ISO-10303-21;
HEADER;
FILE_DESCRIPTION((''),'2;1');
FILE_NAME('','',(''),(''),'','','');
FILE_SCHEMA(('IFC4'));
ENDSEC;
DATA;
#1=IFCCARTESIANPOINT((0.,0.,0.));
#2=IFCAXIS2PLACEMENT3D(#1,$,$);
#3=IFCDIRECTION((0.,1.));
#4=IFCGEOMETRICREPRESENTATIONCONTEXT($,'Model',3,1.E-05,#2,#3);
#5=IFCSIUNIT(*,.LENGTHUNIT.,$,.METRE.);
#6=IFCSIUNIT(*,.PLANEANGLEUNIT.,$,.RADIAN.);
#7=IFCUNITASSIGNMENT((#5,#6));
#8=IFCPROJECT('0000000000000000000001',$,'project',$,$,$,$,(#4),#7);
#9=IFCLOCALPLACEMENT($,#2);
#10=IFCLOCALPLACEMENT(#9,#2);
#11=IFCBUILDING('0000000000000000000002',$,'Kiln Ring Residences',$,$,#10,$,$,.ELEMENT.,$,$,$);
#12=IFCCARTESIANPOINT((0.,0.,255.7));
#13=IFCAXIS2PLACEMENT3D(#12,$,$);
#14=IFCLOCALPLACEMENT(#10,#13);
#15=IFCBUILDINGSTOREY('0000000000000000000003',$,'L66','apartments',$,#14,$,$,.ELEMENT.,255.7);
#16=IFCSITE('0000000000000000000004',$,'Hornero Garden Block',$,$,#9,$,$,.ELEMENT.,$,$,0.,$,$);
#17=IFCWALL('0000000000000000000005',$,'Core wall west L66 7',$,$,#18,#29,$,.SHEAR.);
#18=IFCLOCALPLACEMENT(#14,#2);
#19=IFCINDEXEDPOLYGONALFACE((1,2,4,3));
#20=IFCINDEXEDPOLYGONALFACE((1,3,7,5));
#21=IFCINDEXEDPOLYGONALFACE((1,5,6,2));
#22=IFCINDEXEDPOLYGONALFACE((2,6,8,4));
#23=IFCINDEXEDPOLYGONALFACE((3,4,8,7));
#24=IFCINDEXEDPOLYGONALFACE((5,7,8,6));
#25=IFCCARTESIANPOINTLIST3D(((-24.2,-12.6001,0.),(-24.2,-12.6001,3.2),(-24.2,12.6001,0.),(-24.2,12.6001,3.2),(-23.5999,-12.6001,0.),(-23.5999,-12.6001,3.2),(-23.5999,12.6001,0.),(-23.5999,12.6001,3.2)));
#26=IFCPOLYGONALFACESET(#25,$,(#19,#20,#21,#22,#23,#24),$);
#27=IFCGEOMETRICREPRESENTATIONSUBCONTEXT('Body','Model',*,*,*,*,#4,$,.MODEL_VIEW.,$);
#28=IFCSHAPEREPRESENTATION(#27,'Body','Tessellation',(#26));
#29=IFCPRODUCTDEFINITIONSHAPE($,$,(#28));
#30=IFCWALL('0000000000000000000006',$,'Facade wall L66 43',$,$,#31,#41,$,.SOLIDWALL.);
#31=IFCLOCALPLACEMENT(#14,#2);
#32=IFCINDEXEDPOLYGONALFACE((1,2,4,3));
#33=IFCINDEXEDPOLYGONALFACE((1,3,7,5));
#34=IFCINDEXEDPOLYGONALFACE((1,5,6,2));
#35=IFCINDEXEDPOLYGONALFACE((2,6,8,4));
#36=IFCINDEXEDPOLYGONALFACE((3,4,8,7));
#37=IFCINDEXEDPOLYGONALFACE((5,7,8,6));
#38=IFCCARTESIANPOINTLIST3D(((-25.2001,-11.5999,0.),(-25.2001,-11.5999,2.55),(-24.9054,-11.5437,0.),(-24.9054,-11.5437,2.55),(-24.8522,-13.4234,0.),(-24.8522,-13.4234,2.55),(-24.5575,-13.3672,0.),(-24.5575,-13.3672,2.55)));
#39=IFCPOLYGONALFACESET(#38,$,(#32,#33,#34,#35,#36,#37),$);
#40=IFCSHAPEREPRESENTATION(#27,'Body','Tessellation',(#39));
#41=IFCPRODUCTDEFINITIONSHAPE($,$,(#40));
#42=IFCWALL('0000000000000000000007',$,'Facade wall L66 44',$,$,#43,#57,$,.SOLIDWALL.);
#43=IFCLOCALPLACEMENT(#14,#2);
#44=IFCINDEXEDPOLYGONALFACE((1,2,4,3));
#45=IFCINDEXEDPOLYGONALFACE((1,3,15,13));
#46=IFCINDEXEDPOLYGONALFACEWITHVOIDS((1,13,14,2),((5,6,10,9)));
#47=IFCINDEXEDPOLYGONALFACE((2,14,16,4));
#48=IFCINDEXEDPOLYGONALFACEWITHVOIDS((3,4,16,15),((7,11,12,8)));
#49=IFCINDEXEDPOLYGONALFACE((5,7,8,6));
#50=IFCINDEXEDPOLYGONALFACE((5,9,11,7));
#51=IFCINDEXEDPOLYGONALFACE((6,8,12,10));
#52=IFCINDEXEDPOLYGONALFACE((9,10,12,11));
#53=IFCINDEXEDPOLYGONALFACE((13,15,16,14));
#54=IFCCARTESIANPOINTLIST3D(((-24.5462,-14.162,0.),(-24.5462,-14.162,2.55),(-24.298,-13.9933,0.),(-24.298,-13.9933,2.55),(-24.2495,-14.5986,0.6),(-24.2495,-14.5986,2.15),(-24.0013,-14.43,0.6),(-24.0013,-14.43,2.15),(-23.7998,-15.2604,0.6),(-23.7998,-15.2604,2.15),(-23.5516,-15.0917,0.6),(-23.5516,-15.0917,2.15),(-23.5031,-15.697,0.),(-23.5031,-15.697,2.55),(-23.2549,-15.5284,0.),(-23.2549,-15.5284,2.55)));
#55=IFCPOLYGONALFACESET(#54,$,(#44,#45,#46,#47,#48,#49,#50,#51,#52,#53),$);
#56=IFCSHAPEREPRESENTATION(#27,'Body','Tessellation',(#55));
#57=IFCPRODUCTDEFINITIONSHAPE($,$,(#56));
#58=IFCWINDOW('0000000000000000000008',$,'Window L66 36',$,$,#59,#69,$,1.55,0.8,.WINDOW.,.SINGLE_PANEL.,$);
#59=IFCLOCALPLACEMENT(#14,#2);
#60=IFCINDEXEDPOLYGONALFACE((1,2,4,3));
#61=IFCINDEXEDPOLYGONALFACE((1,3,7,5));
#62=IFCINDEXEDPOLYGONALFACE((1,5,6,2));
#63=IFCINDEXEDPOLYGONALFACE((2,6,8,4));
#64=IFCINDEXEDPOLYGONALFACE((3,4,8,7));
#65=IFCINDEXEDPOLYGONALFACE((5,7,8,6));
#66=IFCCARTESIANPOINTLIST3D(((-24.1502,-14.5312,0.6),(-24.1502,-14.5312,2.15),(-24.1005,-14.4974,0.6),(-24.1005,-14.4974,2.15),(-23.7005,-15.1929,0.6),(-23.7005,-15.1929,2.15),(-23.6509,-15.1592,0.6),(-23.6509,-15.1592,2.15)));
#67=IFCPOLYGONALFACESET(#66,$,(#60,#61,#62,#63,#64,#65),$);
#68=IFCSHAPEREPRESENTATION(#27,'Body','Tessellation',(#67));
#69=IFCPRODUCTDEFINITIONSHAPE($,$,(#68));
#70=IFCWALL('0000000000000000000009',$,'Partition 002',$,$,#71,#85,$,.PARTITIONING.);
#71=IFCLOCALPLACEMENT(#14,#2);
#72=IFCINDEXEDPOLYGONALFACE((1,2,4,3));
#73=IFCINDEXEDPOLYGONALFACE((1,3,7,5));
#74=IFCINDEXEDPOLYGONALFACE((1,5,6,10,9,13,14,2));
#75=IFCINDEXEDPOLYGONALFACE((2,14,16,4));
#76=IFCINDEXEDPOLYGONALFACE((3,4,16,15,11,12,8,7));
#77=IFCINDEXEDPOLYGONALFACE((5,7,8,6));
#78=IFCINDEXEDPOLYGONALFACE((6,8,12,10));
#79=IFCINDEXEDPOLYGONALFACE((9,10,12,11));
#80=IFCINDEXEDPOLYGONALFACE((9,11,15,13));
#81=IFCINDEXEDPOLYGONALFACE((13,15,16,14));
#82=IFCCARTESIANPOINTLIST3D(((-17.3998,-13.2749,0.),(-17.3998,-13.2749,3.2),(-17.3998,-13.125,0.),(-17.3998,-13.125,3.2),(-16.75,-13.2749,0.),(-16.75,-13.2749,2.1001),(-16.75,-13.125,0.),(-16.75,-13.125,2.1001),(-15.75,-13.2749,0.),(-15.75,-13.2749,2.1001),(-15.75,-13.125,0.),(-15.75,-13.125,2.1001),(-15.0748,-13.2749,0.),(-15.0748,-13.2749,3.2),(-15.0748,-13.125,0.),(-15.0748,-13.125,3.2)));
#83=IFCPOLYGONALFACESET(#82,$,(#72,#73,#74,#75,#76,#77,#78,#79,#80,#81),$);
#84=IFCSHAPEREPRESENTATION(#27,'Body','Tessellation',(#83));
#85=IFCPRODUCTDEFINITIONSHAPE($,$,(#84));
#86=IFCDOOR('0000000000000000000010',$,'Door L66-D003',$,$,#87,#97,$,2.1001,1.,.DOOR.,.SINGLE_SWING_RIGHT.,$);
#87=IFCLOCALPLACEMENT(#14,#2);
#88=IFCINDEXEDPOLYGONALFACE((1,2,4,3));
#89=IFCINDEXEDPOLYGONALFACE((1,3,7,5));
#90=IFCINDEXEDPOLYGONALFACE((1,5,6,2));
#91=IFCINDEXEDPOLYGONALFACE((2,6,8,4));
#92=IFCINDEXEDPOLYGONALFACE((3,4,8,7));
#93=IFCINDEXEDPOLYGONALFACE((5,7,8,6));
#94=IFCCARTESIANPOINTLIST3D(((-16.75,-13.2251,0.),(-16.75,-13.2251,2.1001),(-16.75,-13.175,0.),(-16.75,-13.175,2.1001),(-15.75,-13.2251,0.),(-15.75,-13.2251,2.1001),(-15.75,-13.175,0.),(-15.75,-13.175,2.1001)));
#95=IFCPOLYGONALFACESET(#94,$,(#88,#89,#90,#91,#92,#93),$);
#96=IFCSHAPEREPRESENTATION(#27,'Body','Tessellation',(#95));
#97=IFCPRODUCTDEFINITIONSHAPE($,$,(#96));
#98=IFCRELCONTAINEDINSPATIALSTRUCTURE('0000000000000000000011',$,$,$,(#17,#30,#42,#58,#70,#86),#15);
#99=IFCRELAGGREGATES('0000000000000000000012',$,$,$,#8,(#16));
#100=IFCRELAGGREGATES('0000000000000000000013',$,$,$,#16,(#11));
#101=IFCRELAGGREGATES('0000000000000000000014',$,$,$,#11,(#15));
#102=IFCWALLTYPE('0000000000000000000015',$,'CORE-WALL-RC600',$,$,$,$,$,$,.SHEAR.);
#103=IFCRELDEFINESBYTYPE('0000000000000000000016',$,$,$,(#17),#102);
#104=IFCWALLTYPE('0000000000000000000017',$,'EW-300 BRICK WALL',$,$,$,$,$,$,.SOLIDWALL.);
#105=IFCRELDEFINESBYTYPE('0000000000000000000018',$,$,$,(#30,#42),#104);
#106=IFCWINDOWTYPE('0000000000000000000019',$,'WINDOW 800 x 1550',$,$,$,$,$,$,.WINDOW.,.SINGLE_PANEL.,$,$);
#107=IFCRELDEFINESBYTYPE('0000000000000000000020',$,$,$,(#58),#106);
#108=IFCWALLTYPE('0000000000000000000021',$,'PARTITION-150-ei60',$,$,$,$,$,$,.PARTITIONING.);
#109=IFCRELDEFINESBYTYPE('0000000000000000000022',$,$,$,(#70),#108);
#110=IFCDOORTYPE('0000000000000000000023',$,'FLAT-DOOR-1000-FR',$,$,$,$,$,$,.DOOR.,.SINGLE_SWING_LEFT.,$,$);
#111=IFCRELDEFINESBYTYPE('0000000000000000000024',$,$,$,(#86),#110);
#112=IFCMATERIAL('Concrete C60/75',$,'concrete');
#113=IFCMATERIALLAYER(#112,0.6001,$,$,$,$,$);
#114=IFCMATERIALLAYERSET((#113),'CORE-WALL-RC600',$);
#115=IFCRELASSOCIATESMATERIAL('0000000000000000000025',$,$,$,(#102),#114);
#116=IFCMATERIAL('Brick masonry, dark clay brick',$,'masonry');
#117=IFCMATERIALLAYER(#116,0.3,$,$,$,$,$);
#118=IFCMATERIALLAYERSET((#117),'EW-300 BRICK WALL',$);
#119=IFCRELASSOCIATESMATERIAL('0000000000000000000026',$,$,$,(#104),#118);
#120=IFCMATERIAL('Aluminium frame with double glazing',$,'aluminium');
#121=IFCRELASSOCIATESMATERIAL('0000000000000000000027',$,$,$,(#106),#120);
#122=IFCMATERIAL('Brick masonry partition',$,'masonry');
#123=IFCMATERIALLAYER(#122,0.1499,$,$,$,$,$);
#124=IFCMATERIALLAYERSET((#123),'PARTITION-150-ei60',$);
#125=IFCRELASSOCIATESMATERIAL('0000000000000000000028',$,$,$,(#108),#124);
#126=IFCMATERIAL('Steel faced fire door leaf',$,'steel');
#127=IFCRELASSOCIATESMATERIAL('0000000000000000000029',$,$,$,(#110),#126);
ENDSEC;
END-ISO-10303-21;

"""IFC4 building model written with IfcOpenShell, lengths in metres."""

from ifc_helpers import new_model, si_unit, direction, frame, frame_2d, origin, place, context, subcontext, project, spatial, rectangle, extrude, material, layer, layer_set, type_object, element, fill, save


model = new_model("IFC4")

# Units and contexts
model_context = context("Model", 3, precision=1e-05, world=origin(), true_north=direction((0.0, 1.0)))
body_context = subcontext(model_context, "Body", "Model", "MODEL_VIEW")
ifc_project = project(units=[si_unit("LENGTHUNIT", "METRE"), si_unit("PLANEANGLEUNIT", "RADIAN")], contexts=[model_context])

# Site, building, storey
site_placement = place(None, origin())
site = spatial("IfcSite", under=ifc_project, at=site_placement, Name="Hornero Garden Block", CompositionType="ELEMENT", RefElevation=0.0)
building_placement = place(site_placement, origin())
building = spatial("IfcBuilding", under=site, at=building_placement, Name="Kiln Ring Residences", CompositionType="ELEMENT")
storey_placement = place(building_placement, frame((0.0, 0.0, 255.7)))
storey = spatial("IfcBuildingStorey", under=building, at=storey_placement, Name="L66", Description="apartments", CompositionType="ELEMENT", Elevation=255.7)

# Walls
ifc_material_1 = material(Name="Concrete C60/75", Category="concrete")
ifc_layer_1 = layer(ifc_material_1, 0.6001)
ifc_layer_set_1 = layer_set([ifc_layer_1], Name="CORE-WALL-RC600")
wall_type_1 = type_object("IfcWallType", Name="CORE-WALL-RC600", PredefinedType="SHEAR", material=ifc_layer_set_1)
wall_1_placement = place(storey_placement, frame((-23.8999, -12.6001, 0.0), z_axis=(0.0, 0.0, 1.0), x_axis=(0.0, 1.0, 0.0)))
element("IfcWall", 1, at=wall_1_placement, inside=storey, type_object=wall_type_1, Name="Core wall west L66 7", PredefinedType="SHEAR", context=body_context, shape_type="SweptSolid", body=[
    extrude(rectangle(XDim=25.2002, YDim=0.6001, at=frame_2d((12.6001, 0.0))), origin(), (0.0, 0.0, 1.0), 3.2),
])
ifc_material_2 = material(Name="Brick masonry, dark clay brick", Category="masonry")
ifc_layer_2 = layer(ifc_material_2, 0.3)
ifc_layer_set_2 = layer_set([ifc_layer_2], Name="EW-300 BRICK WALL")
wall_type_2 = type_object("IfcWallType", Name="EW-300 BRICK WALL", PredefinedType="SOLIDWALL", material=ifc_layer_set_2)
wall_2_placement = place(storey_placement, frame((-25.0527, -11.5718, 0.0), z_axis=(0.0, 0.0, 1.0), x_axis=(0.187408, -0.982282, 0.0)))
element("IfcWall", 2, at=wall_2_placement, inside=storey, type_object=wall_type_2, Name="Facade wall L66 43", PredefinedType="SOLIDWALL", context=body_context, shape_type="SweptSolid", body=[
    extrude(rectangle(XDim=1.8564, YDim=0.3, at=frame_2d((0.9282, 0.0))), origin(), (0.0, 0.0, 1.0), 2.55),
])

# Wall, opening, window
wall_3_placement = place(storey_placement, frame((-24.4221, -14.0776, 0.0), z_axis=(0.0, 0.0, 1.0), x_axis=(0.562055, -0.8271, 0.0)))
wall_3 = element("IfcWall", 3, at=wall_3_placement, inside=storey, type_object=wall_type_2, Name="Facade wall L66 44", PredefinedType="SOLIDWALL", context=body_context, shape_type="SweptSolid", body=[
    extrude(rectangle(XDim=1.856, YDim=0.3, at=frame_2d((0.928, 0.0))), origin(), (0.0, 0.0, 1.0), 2.55),
])
opening_1_placement = place(wall_3_placement, frame((0.5281, 0.0, 0.6001)))
opening_1 = element("IfcOpeningElement", 4, at=opening_1_placement, cuts=wall_3, PredefinedType="OPENING", context=body_context, shape_type="SweptSolid", body=[
    extrude(rectangle(XDim=0.8, YDim=1.55, at=frame_2d((0.3999, 0.7749))), frame((0.0, 0.1599, 0.0), z_axis=(0.0, -1.0, 0.0), x_axis=(1.0, 0.0, 0.0)), (0.0, 0.0, 1.0), 0.3201),
])
ifc_material_3 = material(Name="Aluminium frame with double glazing", Category="aluminium")
window_type = type_object("IfcWindowType", Name="WINDOW 800 x 1550", PartitioningType="SINGLE_PANEL", PredefinedType="WINDOW", material=ifc_material_3)
window_placement = place(opening_1_placement, origin())
window = element("IfcWindow", 5, at=window_placement, inside=storey, type_object=window_type, Name="Window L66 36", OverallHeight=1.55, OverallWidth=0.8, PartitioningType="SINGLE_PANEL", PredefinedType="WINDOW", context=body_context, shape_type="SweptSolid", body=[
    extrude(rectangle(XDim=0.8, YDim=1.55, at=frame_2d((0.3999, 0.7749))), frame((0.0, 0.03, 0.0), z_axis=(0.0, -1.0, 0.0), x_axis=(1.0, 0.0, 0.0)), (0.0, 0.0, 1.0), 0.0601),
])
fill(opening_1, window)

# Wall, opening, door
ifc_material_4 = material(Name="Brick masonry partition", Category="masonry")
ifc_layer_3 = layer(ifc_material_4, 0.1499)
ifc_layer_set_3 = layer_set([ifc_layer_3], Name="PARTITION-150-ei60")
wall_type_3 = type_object("IfcWallType", Name="PARTITION-150-ei60", PredefinedType="PARTITIONING", material=ifc_layer_set_3)
wall_4_placement = place(storey_placement, frame((-17.3999, -13.2, 0.0), z_axis=(0.0, 0.0, 1.0), x_axis=(1.0, 0.0, 0.0)))
wall_4 = element("IfcWall", 6, at=wall_4_placement, inside=storey, type_object=wall_type_3, Name="Partition 002", PredefinedType="PARTITIONING", context=body_context, shape_type="SweptSolid", body=[
    extrude(rectangle(XDim=2.325, YDim=0.1499, at=frame_2d((1.1626, 0.0))), origin(), (0.0, 0.0, 1.0), 3.2),
])
opening_2_placement = place(wall_4_placement, frame((0.6499, 0.0, 0.0)))
opening_2 = element("IfcOpeningElement", 7, at=opening_2_placement, cuts=wall_4, PredefinedType="OPENING", context=body_context, shape_type="SweptSolid", body=[
    extrude(rectangle(XDim=1.0, YDim=2.1001, at=frame_2d((0.5, 1.05))), frame((0.0, 0.085, 0.0), z_axis=(0.0, -1.0, 0.0), x_axis=(1.0, 0.0, 0.0)), (0.0, 0.0, 1.0), 0.1699),
])
ifc_material_5 = material(Name="Steel faced fire door leaf", Category="steel")
door_type_1 = type_object("IfcDoorType", Name="FLAT-DOOR-1000-FR", OperationType="SINGLE_SWING_LEFT", PredefinedType="DOOR", material=ifc_material_5)
door_1_placement = place(opening_2_placement, origin())
door_1 = element("IfcDoor", 8, at=door_1_placement, inside=storey, type_object=door_type_1, Name="Door L66-D003", OperationType="SINGLE_SWING_RIGHT", OverallHeight=2.1001, OverallWidth=1.0, PredefinedType="DOOR", context=body_context, shape_type="SweptSolid", body=[
    extrude(rectangle(XDim=1.0, YDim=2.1001, at=frame_2d((0.5, 1.05))), frame((0.0, 0.0249, 0.0), z_axis=(0.0, -1.0, 0.0), x_axis=(1.0, 0.0, 0.0)), (0.0, 0.0, 1.0), 0.05),
])
fill(opening_2, door_1)

save(model, "model.ifc")
